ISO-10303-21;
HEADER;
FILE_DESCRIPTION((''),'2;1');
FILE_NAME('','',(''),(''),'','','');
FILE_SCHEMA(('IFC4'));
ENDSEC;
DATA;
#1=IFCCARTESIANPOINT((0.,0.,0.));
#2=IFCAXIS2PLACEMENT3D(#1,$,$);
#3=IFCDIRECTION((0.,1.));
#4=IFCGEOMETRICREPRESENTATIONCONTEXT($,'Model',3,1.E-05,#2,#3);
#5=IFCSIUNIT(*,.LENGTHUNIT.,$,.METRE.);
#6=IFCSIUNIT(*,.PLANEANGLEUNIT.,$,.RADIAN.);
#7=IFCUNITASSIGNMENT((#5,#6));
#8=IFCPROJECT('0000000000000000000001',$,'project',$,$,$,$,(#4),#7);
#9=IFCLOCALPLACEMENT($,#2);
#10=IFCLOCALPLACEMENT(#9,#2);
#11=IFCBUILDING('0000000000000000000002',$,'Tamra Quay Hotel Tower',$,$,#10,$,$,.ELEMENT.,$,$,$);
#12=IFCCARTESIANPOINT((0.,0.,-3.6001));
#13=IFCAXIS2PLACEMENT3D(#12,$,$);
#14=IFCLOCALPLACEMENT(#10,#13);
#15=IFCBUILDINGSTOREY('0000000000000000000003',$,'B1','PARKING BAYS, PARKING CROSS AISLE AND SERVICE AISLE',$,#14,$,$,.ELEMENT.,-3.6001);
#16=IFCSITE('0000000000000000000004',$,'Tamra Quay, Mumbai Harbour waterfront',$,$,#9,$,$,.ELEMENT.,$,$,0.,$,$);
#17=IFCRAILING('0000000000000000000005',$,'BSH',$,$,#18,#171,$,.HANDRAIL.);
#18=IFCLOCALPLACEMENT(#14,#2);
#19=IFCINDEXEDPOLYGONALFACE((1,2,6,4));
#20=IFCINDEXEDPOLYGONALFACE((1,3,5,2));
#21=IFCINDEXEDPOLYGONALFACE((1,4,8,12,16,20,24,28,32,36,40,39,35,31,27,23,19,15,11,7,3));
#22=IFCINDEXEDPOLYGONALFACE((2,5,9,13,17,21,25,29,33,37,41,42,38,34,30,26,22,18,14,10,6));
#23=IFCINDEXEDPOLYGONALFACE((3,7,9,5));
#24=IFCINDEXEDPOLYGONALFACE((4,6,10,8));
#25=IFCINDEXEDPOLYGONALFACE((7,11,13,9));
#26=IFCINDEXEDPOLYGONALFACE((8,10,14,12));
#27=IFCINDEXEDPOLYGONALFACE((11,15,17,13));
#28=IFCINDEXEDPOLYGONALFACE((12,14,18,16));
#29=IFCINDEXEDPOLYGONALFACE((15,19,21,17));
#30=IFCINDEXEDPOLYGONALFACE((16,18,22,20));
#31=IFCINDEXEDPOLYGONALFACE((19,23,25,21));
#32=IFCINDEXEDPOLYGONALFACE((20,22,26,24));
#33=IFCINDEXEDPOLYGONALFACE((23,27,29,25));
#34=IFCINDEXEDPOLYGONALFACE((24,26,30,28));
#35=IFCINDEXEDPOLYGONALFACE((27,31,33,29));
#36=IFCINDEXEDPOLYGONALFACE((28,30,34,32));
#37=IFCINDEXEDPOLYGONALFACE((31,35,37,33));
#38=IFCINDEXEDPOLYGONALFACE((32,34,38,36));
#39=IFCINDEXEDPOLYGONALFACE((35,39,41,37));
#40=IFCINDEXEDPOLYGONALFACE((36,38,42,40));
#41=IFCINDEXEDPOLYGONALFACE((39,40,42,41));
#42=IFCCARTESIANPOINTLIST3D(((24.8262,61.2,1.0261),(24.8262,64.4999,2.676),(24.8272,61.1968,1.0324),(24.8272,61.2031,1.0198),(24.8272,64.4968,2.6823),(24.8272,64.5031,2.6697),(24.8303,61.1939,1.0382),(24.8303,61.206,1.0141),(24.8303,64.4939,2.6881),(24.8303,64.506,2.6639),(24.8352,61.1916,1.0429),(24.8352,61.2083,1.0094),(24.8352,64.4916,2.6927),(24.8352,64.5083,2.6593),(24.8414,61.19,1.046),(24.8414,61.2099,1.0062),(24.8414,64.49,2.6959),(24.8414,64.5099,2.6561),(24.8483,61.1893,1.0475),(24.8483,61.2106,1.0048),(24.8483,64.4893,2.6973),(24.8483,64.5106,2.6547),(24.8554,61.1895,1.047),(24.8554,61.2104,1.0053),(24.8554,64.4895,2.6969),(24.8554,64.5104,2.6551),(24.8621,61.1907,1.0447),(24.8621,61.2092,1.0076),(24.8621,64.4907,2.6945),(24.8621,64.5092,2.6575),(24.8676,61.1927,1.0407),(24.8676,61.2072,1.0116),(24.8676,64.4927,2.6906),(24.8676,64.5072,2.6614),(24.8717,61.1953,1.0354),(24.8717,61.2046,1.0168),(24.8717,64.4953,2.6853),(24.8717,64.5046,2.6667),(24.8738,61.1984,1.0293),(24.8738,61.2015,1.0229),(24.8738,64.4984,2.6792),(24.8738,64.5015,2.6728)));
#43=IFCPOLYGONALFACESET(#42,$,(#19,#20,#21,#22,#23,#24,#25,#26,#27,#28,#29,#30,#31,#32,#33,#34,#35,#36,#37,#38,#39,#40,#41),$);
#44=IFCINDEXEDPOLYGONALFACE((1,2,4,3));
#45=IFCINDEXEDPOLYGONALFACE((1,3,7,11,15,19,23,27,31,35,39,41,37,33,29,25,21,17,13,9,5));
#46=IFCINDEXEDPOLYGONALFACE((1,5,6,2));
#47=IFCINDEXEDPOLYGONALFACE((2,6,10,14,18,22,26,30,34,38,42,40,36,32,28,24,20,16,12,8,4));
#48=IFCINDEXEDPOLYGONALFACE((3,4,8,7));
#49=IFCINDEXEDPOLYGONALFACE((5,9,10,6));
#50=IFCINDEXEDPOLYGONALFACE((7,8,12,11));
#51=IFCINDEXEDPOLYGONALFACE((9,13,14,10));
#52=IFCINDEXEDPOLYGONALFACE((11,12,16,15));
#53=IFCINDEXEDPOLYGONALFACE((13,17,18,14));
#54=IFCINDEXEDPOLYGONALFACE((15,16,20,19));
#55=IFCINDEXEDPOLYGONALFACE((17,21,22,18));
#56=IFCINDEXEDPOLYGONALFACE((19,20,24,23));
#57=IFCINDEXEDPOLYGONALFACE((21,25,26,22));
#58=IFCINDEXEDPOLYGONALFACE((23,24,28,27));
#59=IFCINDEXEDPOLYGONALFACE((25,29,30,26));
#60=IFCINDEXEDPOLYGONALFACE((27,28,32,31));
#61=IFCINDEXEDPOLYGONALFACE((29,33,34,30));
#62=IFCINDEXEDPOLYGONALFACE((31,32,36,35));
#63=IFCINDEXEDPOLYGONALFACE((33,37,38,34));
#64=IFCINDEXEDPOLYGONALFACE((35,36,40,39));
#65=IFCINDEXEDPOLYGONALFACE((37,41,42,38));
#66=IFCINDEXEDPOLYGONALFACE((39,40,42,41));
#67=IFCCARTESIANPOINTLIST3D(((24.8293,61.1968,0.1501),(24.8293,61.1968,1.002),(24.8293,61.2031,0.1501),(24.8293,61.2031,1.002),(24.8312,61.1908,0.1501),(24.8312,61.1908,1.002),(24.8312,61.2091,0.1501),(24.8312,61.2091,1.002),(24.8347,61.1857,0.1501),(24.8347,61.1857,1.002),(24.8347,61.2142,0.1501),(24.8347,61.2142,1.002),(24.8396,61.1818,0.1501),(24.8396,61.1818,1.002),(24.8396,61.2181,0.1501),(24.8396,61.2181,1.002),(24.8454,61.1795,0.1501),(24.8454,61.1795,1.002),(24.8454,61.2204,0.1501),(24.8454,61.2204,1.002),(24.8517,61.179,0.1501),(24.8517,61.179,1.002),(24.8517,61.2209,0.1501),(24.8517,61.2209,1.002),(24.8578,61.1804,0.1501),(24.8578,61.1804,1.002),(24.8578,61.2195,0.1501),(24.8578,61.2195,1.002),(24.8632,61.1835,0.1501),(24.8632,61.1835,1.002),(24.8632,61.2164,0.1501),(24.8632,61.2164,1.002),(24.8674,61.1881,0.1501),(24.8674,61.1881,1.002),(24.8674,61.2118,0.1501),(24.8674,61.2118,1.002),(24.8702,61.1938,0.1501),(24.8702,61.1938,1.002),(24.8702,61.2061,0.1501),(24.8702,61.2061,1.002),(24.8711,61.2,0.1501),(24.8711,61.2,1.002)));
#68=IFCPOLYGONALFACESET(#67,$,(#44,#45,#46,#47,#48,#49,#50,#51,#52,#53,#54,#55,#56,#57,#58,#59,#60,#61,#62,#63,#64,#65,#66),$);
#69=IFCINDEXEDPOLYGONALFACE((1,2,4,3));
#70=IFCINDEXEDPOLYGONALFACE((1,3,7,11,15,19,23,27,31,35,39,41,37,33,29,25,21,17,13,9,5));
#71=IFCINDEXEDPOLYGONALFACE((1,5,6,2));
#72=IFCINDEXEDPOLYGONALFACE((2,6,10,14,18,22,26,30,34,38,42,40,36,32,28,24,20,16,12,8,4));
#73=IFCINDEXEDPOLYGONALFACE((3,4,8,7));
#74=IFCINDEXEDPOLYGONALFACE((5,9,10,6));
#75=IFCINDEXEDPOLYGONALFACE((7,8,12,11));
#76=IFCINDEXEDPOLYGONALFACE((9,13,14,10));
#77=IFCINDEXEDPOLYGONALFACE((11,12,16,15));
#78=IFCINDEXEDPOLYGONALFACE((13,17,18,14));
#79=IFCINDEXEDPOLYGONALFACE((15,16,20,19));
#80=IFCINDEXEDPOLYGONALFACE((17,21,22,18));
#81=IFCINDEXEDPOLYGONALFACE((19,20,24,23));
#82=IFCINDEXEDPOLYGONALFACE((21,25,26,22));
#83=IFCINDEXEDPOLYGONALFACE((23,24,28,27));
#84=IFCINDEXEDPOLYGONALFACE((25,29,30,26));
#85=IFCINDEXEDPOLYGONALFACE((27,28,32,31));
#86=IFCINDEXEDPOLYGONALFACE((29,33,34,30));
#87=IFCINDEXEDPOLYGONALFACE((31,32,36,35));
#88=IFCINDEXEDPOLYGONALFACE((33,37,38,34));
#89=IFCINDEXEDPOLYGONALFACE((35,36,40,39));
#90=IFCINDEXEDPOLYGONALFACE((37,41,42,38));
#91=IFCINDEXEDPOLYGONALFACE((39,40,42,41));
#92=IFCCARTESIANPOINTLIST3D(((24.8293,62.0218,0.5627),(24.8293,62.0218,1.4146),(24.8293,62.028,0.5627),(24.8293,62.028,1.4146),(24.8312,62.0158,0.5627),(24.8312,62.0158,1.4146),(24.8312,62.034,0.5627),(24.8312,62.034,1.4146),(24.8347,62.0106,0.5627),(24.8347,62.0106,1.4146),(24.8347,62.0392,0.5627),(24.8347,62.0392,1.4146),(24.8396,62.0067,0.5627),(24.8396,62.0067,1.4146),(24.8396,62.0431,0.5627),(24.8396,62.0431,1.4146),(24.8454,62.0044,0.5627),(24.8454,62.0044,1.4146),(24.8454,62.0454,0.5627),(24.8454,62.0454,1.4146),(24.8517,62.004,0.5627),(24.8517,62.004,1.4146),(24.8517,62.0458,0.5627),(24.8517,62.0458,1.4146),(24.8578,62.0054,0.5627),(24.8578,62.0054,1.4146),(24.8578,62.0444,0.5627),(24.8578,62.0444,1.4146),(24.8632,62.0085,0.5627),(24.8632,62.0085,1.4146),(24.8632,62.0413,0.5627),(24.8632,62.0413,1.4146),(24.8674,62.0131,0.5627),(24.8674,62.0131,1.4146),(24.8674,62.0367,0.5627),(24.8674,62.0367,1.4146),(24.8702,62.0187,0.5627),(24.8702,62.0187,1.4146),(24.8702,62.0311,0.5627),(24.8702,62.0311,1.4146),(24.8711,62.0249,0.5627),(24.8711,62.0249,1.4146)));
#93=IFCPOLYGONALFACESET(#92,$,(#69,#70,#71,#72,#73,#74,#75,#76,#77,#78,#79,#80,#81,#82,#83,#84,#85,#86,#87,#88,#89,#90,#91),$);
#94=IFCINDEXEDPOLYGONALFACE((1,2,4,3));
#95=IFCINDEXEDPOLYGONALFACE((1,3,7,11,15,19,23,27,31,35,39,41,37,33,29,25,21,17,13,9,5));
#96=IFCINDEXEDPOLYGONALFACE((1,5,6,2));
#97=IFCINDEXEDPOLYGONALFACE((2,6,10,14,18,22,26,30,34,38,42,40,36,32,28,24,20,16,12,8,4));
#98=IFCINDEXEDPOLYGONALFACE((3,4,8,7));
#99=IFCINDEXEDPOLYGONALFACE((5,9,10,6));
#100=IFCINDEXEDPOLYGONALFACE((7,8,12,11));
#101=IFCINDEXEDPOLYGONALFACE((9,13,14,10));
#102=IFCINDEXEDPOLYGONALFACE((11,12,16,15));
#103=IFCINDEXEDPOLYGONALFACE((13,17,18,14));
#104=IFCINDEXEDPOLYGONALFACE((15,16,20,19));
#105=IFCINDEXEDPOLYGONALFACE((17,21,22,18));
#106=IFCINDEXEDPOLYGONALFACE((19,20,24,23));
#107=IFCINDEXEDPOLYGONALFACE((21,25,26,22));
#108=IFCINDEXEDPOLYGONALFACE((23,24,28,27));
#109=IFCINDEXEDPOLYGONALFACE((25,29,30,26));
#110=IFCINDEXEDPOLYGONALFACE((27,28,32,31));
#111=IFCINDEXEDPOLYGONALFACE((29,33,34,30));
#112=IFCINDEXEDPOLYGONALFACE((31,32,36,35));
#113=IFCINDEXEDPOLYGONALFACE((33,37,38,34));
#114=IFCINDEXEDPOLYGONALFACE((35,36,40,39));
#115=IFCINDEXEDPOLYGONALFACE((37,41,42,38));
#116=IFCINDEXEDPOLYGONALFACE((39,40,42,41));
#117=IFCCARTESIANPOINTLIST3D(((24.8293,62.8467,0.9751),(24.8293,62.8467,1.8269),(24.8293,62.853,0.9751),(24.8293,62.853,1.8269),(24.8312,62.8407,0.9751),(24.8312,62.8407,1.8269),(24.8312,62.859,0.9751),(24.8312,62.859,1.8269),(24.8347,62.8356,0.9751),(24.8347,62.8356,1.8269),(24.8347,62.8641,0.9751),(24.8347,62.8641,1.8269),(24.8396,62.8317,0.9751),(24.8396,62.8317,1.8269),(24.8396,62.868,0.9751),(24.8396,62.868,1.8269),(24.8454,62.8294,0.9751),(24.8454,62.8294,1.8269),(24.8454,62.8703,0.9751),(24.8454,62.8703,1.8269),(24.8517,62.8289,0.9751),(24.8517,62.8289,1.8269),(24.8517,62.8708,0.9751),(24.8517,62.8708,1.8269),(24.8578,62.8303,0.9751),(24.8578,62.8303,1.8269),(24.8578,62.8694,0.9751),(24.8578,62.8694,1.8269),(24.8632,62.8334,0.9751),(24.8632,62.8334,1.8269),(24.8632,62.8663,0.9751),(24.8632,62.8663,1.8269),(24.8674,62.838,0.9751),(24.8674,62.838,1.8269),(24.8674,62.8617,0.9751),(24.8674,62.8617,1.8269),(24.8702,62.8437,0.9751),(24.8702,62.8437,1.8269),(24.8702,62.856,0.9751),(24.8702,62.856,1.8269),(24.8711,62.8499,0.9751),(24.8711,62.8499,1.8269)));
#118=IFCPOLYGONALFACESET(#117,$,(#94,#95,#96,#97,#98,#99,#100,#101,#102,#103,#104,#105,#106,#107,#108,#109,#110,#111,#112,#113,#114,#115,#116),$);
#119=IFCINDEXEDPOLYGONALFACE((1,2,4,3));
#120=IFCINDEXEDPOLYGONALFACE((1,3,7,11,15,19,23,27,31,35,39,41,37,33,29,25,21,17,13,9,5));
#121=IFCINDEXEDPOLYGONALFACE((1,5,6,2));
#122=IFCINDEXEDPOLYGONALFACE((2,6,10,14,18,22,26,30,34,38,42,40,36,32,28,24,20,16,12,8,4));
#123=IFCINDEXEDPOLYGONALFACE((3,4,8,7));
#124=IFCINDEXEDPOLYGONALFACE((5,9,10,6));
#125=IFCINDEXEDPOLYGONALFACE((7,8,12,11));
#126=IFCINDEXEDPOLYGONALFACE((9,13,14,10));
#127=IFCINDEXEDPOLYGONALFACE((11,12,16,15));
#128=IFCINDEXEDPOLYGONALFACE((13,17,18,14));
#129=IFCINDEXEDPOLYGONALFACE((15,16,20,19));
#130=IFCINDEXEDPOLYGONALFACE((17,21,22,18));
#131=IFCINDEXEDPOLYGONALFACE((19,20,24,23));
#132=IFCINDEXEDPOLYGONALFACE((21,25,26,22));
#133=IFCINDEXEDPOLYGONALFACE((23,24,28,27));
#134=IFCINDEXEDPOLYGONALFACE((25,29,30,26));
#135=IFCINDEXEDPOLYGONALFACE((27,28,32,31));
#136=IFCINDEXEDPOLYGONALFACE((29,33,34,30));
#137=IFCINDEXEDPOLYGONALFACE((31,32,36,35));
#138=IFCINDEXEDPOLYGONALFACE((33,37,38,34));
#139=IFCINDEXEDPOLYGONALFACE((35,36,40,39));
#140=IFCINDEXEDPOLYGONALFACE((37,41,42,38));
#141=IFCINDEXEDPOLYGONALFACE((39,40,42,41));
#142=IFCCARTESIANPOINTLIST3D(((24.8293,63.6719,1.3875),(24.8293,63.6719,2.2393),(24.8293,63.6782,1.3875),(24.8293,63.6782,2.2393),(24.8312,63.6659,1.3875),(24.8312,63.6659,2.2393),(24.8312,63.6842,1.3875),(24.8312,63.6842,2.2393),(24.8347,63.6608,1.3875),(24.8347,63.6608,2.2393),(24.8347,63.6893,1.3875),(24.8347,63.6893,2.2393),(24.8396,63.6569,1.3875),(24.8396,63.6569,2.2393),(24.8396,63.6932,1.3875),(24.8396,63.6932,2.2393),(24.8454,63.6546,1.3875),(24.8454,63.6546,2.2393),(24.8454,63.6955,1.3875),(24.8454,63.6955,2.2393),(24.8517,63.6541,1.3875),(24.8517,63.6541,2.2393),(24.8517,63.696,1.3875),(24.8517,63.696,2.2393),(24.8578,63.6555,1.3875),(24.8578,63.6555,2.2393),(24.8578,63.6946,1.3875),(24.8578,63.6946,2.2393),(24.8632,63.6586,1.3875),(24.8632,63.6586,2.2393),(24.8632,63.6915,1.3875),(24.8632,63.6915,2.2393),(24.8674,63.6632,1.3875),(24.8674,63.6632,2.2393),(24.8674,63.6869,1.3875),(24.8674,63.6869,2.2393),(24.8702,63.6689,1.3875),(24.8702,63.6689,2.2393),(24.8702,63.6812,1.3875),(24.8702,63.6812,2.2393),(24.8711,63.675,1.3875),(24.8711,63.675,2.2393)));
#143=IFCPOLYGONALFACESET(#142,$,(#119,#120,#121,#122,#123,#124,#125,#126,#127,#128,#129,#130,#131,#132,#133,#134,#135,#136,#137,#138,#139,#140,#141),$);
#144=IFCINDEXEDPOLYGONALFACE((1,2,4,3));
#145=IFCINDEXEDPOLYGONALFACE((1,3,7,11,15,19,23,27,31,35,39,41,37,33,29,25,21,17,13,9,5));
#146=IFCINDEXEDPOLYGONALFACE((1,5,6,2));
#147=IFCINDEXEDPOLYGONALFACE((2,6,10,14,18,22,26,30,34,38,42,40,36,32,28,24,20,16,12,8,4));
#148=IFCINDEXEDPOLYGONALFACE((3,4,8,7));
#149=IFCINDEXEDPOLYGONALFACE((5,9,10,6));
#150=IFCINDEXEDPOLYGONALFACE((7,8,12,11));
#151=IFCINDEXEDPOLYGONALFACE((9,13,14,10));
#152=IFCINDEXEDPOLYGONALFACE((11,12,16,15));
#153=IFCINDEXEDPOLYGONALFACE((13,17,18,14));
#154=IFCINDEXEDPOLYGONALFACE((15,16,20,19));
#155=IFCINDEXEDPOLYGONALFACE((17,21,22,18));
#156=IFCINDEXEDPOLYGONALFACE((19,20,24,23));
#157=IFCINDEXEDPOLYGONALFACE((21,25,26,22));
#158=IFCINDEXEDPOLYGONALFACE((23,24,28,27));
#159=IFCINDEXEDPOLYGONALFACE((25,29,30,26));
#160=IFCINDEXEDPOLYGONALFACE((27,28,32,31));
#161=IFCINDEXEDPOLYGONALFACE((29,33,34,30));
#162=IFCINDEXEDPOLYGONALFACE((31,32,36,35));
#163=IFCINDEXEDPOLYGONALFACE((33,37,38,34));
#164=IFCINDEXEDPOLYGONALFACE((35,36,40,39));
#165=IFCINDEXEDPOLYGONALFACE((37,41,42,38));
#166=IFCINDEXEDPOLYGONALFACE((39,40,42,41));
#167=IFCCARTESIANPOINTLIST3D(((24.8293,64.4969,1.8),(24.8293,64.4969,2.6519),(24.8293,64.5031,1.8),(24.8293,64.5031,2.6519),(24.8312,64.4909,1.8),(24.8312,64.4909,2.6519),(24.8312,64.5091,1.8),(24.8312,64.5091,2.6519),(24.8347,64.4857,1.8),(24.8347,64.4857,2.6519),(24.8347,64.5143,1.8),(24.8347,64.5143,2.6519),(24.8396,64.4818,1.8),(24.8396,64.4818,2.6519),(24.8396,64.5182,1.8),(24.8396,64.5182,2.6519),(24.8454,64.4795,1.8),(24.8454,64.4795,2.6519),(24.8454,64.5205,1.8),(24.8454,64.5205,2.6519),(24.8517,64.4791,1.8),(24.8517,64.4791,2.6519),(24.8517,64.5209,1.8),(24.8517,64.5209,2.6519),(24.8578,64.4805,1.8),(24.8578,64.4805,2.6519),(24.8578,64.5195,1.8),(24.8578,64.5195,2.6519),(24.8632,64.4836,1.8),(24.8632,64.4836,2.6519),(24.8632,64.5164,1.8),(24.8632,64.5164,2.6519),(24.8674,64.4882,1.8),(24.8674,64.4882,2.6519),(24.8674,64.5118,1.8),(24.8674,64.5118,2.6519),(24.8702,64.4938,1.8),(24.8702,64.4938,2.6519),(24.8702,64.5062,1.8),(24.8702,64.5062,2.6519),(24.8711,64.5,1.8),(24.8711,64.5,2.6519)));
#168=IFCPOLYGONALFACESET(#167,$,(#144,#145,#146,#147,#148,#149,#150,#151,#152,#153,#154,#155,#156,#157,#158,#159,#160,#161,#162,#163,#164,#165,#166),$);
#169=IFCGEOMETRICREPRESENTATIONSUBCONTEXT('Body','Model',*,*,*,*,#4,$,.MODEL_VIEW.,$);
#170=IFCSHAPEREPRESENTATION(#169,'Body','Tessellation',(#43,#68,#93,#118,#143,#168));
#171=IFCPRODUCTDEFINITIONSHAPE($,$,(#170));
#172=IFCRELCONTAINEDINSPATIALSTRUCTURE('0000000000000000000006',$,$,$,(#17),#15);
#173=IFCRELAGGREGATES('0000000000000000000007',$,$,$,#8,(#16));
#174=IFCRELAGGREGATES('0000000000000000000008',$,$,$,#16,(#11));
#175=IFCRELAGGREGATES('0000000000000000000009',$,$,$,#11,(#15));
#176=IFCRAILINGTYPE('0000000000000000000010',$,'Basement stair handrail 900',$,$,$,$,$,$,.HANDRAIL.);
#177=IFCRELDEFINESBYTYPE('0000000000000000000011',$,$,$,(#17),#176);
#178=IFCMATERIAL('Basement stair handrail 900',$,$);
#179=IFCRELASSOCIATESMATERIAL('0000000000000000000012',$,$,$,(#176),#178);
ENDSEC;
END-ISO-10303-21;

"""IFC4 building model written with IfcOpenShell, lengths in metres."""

from ifc_helpers import new_model, si_unit, direction, frame, origin, origin_2d, place, context, subcontext, project, spatial, circle, extrude, material, type_object, element, save


model = new_model("IFC4")

# Units and contexts
model_context = context("Model", 3, precision=1e-05, world=origin(), true_north=direction((0.0, 1.0)))
body_context = subcontext(model_context, "Body", "Model", "MODEL_VIEW")
ifc_project = project(units=[si_unit("LENGTHUNIT", "METRE"), si_unit("PLANEANGLEUNIT", "RADIAN")], contexts=[model_context])

# Site, building, storey
site_placement = place(None, origin())
site = spatial("IfcSite", under=ifc_project, at=site_placement, Name="Tamra Quay, Mumbai Harbour waterfront", CompositionType="ELEMENT", RefElevation=0.0)
building_placement = place(site_placement, origin())
building = spatial("IfcBuilding", under=site, at=building_placement, Name="Tamra Quay Hotel Tower", CompositionType="ELEMENT")
storey_placement = place(building_placement, frame((0.0, 0.0, -3.6001)))
storey = spatial("IfcBuildingStorey", under=building, at=storey_placement, Name="B1", Description="PARKING BAYS, PARKING CROSS AISLE AND SERVICE AISLE", CompositionType="ELEMENT", Elevation=-3.6001)

# Railing
ifc_material_1 = material(Name="Basement stair handrail 900")
railing_type_1 = type_object("IfcRailingType", Name="Basement stair handrail 900", PredefinedType="HANDRAIL", material=ifc_material_1)
railing_1_placement = place(storey_placement, frame((24.8501, 61.2, 0.1501)))
element("IfcRailing", 1, at=railing_1_placement, inside=storey, type_object=railing_type_1, Name="BSH", PredefinedType="HANDRAIL", context=body_context, shape_type="SweptSolid", body=[
    extrude(circle(Radius=0.0239, at=origin_2d()), frame((0.0, 0.0, 0.876), z_axis=(0.0, 0.89444, 0.447187), x_axis=(-1.0, 0.0, 0.0)), (0.0, 0.0, 1.0), 3.6895),
    extrude(circle(Radius=0.021, at=origin_2d()), origin(), (0.0, 0.0, 1.0), 0.8518),
    extrude(circle(Radius=0.021, at=origin_2d()), frame((0.0, 0.825, 0.4126)), (0.0, 0.0, 1.0), 0.8518),
    extrude(circle(Radius=0.021, at=origin_2d()), frame((0.0, 1.6499, 0.825)), (0.0, 0.0, 1.0), 0.8518),
    extrude(circle(Radius=0.021, at=origin_2d()), frame((0.0, 2.4751, 1.2373)), (0.0, 0.0, 1.0), 0.8518),
    extrude(circle(Radius=0.021, at=origin_2d()), frame((0.0, 3.3, 1.6499)), (0.0, 0.0, 1.0), 0.8518),
])

save(model, "model.ifc")
